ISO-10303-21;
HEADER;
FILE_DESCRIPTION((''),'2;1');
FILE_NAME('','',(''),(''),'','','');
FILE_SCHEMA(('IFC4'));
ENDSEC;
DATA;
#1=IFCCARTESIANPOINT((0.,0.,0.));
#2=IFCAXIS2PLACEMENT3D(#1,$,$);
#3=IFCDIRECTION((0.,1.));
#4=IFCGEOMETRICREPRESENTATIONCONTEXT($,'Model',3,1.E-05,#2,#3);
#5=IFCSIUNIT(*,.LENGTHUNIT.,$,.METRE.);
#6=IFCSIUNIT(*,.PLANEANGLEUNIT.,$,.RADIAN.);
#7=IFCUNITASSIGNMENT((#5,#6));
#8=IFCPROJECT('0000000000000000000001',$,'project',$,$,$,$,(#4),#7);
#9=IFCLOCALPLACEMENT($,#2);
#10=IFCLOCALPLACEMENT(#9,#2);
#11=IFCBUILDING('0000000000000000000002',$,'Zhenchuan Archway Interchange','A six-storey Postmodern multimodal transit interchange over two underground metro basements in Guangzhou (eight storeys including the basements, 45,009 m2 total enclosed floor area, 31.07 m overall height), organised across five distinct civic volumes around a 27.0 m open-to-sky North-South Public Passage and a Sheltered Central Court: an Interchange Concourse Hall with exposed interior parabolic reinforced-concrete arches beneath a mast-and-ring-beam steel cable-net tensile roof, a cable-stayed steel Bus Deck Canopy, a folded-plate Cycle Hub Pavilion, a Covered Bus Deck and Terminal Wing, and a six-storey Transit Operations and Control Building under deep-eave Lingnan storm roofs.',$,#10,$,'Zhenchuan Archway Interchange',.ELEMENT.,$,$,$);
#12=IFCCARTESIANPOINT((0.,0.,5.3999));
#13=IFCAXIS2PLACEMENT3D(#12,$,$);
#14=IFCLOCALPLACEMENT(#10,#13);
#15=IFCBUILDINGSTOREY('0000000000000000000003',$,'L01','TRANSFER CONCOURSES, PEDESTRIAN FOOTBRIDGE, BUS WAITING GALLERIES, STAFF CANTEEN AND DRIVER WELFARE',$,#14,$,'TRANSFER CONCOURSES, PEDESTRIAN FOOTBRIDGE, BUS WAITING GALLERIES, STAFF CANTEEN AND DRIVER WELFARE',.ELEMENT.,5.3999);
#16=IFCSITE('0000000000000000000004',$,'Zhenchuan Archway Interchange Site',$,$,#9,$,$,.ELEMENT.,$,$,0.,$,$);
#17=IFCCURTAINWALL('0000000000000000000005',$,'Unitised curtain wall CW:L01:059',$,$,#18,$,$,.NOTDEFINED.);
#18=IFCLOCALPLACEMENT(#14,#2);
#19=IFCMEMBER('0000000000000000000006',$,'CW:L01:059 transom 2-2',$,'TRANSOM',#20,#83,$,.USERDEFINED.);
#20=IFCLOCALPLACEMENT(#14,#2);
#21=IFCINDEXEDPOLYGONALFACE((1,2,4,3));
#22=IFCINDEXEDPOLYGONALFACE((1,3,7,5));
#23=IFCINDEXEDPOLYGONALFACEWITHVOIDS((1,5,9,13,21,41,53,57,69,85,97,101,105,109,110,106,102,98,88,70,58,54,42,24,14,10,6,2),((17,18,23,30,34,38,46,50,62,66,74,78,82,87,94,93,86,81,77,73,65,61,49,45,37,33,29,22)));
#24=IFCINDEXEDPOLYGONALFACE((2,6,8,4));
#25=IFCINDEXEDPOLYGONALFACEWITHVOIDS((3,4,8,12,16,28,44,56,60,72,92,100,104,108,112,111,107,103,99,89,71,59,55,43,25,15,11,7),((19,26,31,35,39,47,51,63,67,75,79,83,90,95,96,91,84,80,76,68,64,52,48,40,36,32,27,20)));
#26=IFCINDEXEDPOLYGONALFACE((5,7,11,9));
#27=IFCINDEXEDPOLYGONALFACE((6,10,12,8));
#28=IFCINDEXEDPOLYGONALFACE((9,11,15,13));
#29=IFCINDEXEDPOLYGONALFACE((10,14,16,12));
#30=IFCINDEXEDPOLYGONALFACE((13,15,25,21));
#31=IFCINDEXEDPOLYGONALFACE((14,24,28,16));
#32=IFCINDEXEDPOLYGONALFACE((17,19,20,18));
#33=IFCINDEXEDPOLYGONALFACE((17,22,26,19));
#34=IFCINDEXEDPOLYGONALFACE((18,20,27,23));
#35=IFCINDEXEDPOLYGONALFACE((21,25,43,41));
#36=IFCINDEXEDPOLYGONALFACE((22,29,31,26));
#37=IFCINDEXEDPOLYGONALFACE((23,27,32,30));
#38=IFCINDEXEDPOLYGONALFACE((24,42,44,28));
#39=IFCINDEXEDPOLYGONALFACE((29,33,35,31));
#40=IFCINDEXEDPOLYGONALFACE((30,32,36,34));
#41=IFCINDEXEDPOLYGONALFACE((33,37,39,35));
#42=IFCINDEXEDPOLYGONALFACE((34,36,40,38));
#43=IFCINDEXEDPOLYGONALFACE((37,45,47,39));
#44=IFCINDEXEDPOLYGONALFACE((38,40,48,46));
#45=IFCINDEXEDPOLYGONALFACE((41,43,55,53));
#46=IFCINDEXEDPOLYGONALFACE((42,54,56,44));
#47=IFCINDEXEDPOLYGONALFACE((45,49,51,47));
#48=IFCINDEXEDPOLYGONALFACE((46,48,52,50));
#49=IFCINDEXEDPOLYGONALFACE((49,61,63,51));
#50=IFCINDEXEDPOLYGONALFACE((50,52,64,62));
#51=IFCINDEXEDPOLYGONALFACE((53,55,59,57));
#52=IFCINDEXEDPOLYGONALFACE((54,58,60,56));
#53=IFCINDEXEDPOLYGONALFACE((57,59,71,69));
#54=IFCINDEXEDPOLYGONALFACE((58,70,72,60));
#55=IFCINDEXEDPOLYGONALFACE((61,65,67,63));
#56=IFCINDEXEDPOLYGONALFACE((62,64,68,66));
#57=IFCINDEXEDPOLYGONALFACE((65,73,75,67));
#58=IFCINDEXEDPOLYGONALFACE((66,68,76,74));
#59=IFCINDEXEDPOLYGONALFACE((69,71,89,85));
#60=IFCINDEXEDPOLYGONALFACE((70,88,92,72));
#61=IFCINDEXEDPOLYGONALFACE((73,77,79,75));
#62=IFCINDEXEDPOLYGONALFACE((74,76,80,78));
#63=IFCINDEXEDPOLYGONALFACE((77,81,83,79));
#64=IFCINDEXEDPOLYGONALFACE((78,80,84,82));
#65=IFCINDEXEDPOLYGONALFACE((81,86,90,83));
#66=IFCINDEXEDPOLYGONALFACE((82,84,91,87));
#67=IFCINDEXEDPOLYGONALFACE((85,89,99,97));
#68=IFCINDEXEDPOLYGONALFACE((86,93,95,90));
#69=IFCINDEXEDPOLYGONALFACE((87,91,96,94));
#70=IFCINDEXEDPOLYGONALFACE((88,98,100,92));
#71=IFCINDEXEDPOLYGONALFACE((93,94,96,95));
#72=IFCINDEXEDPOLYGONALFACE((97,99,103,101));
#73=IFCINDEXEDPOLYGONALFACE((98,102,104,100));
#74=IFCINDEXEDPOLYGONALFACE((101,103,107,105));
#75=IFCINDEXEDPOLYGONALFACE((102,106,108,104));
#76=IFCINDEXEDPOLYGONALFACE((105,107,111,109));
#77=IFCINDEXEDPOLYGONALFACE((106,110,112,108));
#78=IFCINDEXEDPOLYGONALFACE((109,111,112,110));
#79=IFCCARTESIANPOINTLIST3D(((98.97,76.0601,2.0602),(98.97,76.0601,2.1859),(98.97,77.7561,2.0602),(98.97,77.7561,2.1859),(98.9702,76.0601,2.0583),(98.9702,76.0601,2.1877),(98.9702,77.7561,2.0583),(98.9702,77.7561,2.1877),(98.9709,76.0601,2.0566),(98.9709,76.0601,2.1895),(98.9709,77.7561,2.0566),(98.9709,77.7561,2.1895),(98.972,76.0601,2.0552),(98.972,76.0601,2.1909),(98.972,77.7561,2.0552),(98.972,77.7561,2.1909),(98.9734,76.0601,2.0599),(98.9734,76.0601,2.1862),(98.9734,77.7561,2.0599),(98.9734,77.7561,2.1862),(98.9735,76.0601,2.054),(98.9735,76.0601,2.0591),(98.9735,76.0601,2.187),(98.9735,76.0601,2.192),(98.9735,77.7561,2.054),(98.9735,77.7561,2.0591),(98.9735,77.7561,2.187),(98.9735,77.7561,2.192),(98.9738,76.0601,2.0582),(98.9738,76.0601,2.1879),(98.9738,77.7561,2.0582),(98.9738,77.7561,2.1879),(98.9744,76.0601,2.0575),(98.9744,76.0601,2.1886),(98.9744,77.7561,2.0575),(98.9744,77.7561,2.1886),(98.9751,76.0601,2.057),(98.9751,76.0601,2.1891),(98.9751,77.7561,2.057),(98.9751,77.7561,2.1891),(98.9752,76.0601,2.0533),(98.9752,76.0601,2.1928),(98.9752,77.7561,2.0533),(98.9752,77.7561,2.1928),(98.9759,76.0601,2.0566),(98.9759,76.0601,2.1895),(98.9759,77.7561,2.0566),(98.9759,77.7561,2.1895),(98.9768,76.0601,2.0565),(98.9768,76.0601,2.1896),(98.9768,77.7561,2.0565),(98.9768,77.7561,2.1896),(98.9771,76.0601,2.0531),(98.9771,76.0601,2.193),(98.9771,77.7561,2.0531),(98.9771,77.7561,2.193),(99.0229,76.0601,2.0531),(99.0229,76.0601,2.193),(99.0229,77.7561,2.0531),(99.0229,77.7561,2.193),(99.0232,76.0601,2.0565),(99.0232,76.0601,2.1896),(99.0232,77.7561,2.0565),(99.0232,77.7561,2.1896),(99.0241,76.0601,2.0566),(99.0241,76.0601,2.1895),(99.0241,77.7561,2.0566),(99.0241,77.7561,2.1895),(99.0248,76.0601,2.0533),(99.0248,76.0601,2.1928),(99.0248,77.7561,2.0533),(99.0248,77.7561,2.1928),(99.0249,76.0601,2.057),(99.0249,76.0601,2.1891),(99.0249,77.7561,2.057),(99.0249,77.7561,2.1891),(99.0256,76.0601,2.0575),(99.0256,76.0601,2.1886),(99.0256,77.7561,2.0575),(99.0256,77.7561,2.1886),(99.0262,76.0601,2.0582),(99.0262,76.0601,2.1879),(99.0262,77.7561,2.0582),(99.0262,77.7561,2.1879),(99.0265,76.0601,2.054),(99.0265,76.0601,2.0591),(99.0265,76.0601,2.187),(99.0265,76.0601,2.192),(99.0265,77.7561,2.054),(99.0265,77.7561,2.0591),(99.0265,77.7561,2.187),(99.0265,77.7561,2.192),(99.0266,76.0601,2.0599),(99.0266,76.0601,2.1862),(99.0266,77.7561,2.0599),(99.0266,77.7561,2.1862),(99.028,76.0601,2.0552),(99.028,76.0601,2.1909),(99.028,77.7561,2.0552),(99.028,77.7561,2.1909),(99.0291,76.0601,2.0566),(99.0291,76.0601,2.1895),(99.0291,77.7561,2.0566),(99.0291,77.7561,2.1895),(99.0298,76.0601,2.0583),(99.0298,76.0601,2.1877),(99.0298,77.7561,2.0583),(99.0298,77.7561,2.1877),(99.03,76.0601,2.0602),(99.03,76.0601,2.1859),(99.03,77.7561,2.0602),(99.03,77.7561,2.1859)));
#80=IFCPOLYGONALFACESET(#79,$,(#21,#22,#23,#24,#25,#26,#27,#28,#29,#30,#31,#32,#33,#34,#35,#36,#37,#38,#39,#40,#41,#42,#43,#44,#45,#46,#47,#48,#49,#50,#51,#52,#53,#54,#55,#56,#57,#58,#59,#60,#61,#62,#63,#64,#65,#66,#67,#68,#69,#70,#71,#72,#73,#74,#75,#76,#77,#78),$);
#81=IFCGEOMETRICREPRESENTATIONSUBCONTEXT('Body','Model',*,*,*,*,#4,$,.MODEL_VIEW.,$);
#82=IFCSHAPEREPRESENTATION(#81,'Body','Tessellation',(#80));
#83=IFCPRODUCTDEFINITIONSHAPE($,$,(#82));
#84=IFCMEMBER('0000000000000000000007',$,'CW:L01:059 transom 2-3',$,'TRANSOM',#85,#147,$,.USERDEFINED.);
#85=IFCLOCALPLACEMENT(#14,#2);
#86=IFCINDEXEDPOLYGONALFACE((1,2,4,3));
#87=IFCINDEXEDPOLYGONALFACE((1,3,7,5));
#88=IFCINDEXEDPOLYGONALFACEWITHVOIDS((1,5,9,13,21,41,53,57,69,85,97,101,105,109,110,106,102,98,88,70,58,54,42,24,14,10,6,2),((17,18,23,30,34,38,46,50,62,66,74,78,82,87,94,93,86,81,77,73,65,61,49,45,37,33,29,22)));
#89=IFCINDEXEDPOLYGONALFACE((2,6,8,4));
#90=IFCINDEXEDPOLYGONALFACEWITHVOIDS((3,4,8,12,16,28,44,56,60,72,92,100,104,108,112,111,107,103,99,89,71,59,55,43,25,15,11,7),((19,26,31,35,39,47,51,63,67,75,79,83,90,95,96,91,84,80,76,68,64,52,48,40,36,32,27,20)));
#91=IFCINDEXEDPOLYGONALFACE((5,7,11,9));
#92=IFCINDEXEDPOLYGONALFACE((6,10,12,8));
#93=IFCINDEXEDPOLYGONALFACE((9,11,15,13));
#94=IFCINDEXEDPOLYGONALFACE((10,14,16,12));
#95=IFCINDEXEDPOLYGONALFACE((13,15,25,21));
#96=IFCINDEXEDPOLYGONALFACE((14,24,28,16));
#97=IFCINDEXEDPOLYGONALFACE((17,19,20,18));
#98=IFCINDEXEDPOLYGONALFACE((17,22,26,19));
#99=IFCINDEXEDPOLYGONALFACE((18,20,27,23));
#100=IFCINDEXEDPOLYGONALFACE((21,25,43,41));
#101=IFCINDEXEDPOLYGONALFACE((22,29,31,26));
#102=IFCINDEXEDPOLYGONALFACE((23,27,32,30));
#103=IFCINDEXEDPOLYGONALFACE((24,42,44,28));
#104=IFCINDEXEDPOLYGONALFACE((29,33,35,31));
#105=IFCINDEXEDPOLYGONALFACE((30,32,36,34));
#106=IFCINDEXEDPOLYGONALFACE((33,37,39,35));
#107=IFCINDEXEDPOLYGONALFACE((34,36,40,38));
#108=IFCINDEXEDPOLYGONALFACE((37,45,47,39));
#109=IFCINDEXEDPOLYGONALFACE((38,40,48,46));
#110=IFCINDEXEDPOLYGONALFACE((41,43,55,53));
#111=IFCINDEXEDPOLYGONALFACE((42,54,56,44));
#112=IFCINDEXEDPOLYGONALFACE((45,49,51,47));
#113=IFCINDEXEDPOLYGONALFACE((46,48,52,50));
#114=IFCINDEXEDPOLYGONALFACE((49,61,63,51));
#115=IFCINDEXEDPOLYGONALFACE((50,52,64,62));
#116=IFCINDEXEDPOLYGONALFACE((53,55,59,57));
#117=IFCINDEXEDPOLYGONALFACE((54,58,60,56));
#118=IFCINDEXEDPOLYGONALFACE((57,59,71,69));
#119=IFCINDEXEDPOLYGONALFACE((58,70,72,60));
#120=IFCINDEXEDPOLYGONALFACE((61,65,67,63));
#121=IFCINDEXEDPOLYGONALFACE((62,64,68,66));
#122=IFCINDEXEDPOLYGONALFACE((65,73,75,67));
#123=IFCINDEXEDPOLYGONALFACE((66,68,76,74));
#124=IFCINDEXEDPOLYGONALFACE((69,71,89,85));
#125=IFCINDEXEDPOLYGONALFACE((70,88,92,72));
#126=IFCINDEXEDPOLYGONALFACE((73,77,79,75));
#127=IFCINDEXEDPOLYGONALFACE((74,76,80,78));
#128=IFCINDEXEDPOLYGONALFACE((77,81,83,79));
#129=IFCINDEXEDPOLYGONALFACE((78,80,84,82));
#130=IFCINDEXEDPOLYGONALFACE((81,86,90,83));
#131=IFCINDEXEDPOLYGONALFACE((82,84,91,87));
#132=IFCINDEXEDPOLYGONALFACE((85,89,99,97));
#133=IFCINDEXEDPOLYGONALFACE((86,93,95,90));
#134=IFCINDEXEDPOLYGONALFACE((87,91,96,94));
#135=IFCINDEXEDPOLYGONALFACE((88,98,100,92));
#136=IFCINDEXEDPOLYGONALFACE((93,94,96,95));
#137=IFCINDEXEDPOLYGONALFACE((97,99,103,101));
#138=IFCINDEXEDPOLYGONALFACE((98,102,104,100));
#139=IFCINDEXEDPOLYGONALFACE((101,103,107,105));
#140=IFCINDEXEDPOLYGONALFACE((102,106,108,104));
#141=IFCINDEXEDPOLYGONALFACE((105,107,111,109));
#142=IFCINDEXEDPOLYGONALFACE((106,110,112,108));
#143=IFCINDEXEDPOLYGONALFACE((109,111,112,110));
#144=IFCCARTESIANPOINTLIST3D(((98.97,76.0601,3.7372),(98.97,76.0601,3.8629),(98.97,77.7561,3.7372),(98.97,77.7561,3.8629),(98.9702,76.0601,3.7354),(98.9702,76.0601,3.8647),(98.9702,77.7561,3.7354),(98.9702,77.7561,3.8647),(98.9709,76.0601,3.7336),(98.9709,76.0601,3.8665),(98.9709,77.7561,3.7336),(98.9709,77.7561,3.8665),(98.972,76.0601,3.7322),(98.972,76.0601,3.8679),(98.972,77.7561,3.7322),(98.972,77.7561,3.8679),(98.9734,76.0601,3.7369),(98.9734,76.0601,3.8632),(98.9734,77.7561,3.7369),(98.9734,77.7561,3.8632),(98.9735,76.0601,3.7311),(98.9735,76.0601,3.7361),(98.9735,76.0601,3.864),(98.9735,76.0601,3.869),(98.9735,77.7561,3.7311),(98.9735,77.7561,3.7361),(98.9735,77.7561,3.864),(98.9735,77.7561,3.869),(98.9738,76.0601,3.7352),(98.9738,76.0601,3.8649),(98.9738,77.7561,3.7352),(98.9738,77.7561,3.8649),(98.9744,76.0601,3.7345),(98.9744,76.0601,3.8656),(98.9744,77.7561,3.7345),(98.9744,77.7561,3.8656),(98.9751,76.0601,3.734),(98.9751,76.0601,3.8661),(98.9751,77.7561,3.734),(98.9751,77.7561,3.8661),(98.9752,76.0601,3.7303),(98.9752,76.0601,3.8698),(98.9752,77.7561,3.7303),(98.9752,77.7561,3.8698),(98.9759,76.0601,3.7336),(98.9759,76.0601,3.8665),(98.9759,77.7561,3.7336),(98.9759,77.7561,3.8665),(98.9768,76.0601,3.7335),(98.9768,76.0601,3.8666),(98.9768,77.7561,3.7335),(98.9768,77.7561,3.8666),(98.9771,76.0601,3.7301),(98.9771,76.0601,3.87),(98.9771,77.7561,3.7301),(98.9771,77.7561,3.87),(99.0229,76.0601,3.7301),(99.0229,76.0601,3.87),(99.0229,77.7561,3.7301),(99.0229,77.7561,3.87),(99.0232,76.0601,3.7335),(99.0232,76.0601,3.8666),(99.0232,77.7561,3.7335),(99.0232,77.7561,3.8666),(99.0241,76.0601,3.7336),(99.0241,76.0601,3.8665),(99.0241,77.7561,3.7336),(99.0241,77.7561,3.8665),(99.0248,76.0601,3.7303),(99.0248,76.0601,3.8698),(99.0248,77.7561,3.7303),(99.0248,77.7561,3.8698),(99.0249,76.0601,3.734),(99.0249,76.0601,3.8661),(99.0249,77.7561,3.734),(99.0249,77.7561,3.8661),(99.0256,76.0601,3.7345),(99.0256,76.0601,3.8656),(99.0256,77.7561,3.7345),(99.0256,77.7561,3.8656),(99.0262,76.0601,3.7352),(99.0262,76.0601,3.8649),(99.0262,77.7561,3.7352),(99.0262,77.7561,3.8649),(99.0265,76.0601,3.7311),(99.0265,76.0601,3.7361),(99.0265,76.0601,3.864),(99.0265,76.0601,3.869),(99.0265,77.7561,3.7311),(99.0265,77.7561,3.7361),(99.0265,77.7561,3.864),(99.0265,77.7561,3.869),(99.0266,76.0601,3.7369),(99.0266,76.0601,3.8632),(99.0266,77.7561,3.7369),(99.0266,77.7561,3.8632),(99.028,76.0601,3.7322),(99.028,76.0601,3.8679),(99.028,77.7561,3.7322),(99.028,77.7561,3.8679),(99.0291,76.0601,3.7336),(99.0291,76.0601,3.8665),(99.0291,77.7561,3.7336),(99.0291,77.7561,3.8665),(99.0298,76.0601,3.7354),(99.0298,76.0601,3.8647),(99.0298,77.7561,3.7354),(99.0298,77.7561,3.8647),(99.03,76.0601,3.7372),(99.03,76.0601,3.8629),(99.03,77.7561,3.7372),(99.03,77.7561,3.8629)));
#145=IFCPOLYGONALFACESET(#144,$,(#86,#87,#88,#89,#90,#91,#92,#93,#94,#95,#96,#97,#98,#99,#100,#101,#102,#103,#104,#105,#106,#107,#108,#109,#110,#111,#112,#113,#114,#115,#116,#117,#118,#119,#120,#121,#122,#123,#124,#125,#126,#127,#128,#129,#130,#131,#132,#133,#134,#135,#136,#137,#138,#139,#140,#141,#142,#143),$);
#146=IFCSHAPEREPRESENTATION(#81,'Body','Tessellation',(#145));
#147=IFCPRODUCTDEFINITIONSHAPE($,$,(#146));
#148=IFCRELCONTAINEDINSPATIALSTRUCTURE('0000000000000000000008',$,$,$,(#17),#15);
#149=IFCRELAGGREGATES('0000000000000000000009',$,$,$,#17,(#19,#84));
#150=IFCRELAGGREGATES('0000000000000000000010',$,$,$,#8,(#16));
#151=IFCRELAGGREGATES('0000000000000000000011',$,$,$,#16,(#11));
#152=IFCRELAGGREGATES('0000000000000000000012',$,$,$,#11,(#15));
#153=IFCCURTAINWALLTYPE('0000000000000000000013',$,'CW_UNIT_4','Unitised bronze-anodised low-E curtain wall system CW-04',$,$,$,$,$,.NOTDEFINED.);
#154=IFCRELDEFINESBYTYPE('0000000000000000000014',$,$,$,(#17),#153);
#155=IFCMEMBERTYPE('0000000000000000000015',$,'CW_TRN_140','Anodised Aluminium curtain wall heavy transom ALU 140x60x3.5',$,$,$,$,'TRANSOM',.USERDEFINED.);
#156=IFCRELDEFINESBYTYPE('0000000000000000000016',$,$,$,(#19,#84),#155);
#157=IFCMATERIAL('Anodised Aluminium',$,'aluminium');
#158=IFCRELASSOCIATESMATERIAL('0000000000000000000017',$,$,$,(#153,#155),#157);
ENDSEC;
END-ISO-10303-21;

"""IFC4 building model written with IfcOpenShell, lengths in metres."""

from ifc_helpers import new_model, si_unit, direction, frame, origin, origin_2d, place, context, subcontext, project, spatial, hollow_rectangle, extrude, material, material_profile, profile_set, type_object, element, aggregate, save


model = new_model("IFC4")

# Units and contexts
model_context = context("Model", 3, precision=1e-05, world=origin(), true_north=direction((0.0, 1.0)))
body_context = subcontext(model_context, "Body", "Model", "MODEL_VIEW")
ifc_project = project(units=[si_unit("LENGTHUNIT", "METRE"), si_unit("PLANEANGLEUNIT", "RADIAN")], contexts=[model_context])

# Site, building, storey
site_placement = place(None, origin())
site = spatial("IfcSite", under=ifc_project, at=site_placement, Name="Zhenchuan Archway Interchange Site", CompositionType="ELEMENT", RefElevation=0.0)
building_placement = place(site_placement, origin())
building = spatial("IfcBuilding", under=site, at=building_placement, Name="Zhenchuan Archway Interchange", Description="A six-storey Postmodern multimodal transit interchange over two underground metro basements in Guangzhou (eight storeys including the basements, 45,009 m2 total enclosed floor area, 31.07 m overall height), organised across five distinct civic volumes around a 27.0 m open-to-sky North-South Public Passage and a Sheltered Central Court: an Interchange Concourse Hall with exposed interior parabolic reinforced-concrete arches beneath a mast-and-ring-beam steel cable-net tensile roof, a cable-stayed steel Bus Deck Canopy, a folded-plate Cycle Hub Pavilion, a Covered Bus Deck and Terminal Wing, and a six-storey Transit Operations and Control Building under deep-eave Lingnan storm roofs.", LongName="Zhenchuan Archway Interchange", CompositionType="ELEMENT")
storey_placement = place(building_placement, frame((0.0, 0.0, 5.3999)))
storey = spatial("IfcBuildingStorey", under=building, at=storey_placement, Name="L01", Description="TRANSFER CONCOURSES, PEDESTRIAN FOOTBRIDGE, BUS WAITING GALLERIES, STAFF CANTEEN AND DRIVER WELFARE", LongName="TRANSFER CONCOURSES, PEDESTRIAN FOOTBRIDGE, BUS WAITING GALLERIES, STAFF CANTEEN AND DRIVER WELFARE", CompositionType="ELEMENT", Elevation=5.3999)

# Curtain wall, members
ifc_material_1 = material(Name="Anodised Aluminium", Category="aluminium")
curtain_wall_type = type_object("IfcCurtainWallType", Name="CW_UNIT_4", Description="Unitised bronze-anodised low-E curtain wall system CW-04", PredefinedType="NOTDEFINED", material=ifc_material_1)
curtain_wall_placement = place(storey_placement, origin())
curtain_wall = element("IfcCurtainWall", 1, at=curtain_wall_placement, inside=storey, type_object=curtain_wall_type, Name="Unitised curtain wall CW:L01:059", PredefinedType="NOTDEFINED")
ifc_material_profile_1 = material_profile(ifc_material_1, hollow_rectangle(XDim=0.0601, YDim=0.1399, WallThickness=0.0034, InnerFilletRadius=0.0034, OuterFilletRadius=0.0071, at=origin_2d()), Name="ALU 140x60x3.5")
ifc_profile_set_1 = profile_set([ifc_material_profile_1], Name="Anodised Aluminium")
member_type_1 = type_object("IfcMemberType", Name="CW_TRN_140", Description="Anodised Aluminium curtain wall heavy transom ALU 140x60x3.5", ElementType="TRANSOM", PredefinedType="USERDEFINED", material=ifc_profile_set_1)
member_1_placement = place(storey_placement, frame((99.0, 76.0601, 2.123), z_axis=(0.0, 1.0, 0.0), x_axis=(-1.0, 0.0, 0.0)))
member_1 = element("IfcMember", 2, at=member_1_placement, type_object=member_type_1, Name="CW:L01:059 transom 2-2", ObjectType="TRANSOM", PredefinedType="USERDEFINED", context=body_context, shape_type="SweptSolid", body=[
    extrude(hollow_rectangle(XDim=0.0601, YDim=0.1399, WallThickness=0.0034, InnerFilletRadius=0.0034, OuterFilletRadius=0.0071, at=origin_2d()), origin(), (0.0, 0.0, 1.0), 1.696),
])
member_2_placement = place(storey_placement, frame((99.0, 76.0601, 3.8), z_axis=(0.0, 1.0, 0.0), x_axis=(-1.0, 0.0, 0.0)))
member_2 = element("IfcMember", 3, at=member_2_placement, type_object=member_type_1, Name="CW:L01:059 transom 2-3", ObjectType="TRANSOM", PredefinedType="USERDEFINED", context=body_context, shape_type="SweptSolid", body=[
    extrude(hollow_rectangle(XDim=0.0601, YDim=0.1399, WallThickness=0.0034, InnerFilletRadius=0.0034, OuterFilletRadius=0.0071, at=origin_2d()), origin(), (0.0, 0.0, 1.0), 1.696),
])
aggregate(curtain_wall, [member_1, member_2])

save(model, "model.ifc")
